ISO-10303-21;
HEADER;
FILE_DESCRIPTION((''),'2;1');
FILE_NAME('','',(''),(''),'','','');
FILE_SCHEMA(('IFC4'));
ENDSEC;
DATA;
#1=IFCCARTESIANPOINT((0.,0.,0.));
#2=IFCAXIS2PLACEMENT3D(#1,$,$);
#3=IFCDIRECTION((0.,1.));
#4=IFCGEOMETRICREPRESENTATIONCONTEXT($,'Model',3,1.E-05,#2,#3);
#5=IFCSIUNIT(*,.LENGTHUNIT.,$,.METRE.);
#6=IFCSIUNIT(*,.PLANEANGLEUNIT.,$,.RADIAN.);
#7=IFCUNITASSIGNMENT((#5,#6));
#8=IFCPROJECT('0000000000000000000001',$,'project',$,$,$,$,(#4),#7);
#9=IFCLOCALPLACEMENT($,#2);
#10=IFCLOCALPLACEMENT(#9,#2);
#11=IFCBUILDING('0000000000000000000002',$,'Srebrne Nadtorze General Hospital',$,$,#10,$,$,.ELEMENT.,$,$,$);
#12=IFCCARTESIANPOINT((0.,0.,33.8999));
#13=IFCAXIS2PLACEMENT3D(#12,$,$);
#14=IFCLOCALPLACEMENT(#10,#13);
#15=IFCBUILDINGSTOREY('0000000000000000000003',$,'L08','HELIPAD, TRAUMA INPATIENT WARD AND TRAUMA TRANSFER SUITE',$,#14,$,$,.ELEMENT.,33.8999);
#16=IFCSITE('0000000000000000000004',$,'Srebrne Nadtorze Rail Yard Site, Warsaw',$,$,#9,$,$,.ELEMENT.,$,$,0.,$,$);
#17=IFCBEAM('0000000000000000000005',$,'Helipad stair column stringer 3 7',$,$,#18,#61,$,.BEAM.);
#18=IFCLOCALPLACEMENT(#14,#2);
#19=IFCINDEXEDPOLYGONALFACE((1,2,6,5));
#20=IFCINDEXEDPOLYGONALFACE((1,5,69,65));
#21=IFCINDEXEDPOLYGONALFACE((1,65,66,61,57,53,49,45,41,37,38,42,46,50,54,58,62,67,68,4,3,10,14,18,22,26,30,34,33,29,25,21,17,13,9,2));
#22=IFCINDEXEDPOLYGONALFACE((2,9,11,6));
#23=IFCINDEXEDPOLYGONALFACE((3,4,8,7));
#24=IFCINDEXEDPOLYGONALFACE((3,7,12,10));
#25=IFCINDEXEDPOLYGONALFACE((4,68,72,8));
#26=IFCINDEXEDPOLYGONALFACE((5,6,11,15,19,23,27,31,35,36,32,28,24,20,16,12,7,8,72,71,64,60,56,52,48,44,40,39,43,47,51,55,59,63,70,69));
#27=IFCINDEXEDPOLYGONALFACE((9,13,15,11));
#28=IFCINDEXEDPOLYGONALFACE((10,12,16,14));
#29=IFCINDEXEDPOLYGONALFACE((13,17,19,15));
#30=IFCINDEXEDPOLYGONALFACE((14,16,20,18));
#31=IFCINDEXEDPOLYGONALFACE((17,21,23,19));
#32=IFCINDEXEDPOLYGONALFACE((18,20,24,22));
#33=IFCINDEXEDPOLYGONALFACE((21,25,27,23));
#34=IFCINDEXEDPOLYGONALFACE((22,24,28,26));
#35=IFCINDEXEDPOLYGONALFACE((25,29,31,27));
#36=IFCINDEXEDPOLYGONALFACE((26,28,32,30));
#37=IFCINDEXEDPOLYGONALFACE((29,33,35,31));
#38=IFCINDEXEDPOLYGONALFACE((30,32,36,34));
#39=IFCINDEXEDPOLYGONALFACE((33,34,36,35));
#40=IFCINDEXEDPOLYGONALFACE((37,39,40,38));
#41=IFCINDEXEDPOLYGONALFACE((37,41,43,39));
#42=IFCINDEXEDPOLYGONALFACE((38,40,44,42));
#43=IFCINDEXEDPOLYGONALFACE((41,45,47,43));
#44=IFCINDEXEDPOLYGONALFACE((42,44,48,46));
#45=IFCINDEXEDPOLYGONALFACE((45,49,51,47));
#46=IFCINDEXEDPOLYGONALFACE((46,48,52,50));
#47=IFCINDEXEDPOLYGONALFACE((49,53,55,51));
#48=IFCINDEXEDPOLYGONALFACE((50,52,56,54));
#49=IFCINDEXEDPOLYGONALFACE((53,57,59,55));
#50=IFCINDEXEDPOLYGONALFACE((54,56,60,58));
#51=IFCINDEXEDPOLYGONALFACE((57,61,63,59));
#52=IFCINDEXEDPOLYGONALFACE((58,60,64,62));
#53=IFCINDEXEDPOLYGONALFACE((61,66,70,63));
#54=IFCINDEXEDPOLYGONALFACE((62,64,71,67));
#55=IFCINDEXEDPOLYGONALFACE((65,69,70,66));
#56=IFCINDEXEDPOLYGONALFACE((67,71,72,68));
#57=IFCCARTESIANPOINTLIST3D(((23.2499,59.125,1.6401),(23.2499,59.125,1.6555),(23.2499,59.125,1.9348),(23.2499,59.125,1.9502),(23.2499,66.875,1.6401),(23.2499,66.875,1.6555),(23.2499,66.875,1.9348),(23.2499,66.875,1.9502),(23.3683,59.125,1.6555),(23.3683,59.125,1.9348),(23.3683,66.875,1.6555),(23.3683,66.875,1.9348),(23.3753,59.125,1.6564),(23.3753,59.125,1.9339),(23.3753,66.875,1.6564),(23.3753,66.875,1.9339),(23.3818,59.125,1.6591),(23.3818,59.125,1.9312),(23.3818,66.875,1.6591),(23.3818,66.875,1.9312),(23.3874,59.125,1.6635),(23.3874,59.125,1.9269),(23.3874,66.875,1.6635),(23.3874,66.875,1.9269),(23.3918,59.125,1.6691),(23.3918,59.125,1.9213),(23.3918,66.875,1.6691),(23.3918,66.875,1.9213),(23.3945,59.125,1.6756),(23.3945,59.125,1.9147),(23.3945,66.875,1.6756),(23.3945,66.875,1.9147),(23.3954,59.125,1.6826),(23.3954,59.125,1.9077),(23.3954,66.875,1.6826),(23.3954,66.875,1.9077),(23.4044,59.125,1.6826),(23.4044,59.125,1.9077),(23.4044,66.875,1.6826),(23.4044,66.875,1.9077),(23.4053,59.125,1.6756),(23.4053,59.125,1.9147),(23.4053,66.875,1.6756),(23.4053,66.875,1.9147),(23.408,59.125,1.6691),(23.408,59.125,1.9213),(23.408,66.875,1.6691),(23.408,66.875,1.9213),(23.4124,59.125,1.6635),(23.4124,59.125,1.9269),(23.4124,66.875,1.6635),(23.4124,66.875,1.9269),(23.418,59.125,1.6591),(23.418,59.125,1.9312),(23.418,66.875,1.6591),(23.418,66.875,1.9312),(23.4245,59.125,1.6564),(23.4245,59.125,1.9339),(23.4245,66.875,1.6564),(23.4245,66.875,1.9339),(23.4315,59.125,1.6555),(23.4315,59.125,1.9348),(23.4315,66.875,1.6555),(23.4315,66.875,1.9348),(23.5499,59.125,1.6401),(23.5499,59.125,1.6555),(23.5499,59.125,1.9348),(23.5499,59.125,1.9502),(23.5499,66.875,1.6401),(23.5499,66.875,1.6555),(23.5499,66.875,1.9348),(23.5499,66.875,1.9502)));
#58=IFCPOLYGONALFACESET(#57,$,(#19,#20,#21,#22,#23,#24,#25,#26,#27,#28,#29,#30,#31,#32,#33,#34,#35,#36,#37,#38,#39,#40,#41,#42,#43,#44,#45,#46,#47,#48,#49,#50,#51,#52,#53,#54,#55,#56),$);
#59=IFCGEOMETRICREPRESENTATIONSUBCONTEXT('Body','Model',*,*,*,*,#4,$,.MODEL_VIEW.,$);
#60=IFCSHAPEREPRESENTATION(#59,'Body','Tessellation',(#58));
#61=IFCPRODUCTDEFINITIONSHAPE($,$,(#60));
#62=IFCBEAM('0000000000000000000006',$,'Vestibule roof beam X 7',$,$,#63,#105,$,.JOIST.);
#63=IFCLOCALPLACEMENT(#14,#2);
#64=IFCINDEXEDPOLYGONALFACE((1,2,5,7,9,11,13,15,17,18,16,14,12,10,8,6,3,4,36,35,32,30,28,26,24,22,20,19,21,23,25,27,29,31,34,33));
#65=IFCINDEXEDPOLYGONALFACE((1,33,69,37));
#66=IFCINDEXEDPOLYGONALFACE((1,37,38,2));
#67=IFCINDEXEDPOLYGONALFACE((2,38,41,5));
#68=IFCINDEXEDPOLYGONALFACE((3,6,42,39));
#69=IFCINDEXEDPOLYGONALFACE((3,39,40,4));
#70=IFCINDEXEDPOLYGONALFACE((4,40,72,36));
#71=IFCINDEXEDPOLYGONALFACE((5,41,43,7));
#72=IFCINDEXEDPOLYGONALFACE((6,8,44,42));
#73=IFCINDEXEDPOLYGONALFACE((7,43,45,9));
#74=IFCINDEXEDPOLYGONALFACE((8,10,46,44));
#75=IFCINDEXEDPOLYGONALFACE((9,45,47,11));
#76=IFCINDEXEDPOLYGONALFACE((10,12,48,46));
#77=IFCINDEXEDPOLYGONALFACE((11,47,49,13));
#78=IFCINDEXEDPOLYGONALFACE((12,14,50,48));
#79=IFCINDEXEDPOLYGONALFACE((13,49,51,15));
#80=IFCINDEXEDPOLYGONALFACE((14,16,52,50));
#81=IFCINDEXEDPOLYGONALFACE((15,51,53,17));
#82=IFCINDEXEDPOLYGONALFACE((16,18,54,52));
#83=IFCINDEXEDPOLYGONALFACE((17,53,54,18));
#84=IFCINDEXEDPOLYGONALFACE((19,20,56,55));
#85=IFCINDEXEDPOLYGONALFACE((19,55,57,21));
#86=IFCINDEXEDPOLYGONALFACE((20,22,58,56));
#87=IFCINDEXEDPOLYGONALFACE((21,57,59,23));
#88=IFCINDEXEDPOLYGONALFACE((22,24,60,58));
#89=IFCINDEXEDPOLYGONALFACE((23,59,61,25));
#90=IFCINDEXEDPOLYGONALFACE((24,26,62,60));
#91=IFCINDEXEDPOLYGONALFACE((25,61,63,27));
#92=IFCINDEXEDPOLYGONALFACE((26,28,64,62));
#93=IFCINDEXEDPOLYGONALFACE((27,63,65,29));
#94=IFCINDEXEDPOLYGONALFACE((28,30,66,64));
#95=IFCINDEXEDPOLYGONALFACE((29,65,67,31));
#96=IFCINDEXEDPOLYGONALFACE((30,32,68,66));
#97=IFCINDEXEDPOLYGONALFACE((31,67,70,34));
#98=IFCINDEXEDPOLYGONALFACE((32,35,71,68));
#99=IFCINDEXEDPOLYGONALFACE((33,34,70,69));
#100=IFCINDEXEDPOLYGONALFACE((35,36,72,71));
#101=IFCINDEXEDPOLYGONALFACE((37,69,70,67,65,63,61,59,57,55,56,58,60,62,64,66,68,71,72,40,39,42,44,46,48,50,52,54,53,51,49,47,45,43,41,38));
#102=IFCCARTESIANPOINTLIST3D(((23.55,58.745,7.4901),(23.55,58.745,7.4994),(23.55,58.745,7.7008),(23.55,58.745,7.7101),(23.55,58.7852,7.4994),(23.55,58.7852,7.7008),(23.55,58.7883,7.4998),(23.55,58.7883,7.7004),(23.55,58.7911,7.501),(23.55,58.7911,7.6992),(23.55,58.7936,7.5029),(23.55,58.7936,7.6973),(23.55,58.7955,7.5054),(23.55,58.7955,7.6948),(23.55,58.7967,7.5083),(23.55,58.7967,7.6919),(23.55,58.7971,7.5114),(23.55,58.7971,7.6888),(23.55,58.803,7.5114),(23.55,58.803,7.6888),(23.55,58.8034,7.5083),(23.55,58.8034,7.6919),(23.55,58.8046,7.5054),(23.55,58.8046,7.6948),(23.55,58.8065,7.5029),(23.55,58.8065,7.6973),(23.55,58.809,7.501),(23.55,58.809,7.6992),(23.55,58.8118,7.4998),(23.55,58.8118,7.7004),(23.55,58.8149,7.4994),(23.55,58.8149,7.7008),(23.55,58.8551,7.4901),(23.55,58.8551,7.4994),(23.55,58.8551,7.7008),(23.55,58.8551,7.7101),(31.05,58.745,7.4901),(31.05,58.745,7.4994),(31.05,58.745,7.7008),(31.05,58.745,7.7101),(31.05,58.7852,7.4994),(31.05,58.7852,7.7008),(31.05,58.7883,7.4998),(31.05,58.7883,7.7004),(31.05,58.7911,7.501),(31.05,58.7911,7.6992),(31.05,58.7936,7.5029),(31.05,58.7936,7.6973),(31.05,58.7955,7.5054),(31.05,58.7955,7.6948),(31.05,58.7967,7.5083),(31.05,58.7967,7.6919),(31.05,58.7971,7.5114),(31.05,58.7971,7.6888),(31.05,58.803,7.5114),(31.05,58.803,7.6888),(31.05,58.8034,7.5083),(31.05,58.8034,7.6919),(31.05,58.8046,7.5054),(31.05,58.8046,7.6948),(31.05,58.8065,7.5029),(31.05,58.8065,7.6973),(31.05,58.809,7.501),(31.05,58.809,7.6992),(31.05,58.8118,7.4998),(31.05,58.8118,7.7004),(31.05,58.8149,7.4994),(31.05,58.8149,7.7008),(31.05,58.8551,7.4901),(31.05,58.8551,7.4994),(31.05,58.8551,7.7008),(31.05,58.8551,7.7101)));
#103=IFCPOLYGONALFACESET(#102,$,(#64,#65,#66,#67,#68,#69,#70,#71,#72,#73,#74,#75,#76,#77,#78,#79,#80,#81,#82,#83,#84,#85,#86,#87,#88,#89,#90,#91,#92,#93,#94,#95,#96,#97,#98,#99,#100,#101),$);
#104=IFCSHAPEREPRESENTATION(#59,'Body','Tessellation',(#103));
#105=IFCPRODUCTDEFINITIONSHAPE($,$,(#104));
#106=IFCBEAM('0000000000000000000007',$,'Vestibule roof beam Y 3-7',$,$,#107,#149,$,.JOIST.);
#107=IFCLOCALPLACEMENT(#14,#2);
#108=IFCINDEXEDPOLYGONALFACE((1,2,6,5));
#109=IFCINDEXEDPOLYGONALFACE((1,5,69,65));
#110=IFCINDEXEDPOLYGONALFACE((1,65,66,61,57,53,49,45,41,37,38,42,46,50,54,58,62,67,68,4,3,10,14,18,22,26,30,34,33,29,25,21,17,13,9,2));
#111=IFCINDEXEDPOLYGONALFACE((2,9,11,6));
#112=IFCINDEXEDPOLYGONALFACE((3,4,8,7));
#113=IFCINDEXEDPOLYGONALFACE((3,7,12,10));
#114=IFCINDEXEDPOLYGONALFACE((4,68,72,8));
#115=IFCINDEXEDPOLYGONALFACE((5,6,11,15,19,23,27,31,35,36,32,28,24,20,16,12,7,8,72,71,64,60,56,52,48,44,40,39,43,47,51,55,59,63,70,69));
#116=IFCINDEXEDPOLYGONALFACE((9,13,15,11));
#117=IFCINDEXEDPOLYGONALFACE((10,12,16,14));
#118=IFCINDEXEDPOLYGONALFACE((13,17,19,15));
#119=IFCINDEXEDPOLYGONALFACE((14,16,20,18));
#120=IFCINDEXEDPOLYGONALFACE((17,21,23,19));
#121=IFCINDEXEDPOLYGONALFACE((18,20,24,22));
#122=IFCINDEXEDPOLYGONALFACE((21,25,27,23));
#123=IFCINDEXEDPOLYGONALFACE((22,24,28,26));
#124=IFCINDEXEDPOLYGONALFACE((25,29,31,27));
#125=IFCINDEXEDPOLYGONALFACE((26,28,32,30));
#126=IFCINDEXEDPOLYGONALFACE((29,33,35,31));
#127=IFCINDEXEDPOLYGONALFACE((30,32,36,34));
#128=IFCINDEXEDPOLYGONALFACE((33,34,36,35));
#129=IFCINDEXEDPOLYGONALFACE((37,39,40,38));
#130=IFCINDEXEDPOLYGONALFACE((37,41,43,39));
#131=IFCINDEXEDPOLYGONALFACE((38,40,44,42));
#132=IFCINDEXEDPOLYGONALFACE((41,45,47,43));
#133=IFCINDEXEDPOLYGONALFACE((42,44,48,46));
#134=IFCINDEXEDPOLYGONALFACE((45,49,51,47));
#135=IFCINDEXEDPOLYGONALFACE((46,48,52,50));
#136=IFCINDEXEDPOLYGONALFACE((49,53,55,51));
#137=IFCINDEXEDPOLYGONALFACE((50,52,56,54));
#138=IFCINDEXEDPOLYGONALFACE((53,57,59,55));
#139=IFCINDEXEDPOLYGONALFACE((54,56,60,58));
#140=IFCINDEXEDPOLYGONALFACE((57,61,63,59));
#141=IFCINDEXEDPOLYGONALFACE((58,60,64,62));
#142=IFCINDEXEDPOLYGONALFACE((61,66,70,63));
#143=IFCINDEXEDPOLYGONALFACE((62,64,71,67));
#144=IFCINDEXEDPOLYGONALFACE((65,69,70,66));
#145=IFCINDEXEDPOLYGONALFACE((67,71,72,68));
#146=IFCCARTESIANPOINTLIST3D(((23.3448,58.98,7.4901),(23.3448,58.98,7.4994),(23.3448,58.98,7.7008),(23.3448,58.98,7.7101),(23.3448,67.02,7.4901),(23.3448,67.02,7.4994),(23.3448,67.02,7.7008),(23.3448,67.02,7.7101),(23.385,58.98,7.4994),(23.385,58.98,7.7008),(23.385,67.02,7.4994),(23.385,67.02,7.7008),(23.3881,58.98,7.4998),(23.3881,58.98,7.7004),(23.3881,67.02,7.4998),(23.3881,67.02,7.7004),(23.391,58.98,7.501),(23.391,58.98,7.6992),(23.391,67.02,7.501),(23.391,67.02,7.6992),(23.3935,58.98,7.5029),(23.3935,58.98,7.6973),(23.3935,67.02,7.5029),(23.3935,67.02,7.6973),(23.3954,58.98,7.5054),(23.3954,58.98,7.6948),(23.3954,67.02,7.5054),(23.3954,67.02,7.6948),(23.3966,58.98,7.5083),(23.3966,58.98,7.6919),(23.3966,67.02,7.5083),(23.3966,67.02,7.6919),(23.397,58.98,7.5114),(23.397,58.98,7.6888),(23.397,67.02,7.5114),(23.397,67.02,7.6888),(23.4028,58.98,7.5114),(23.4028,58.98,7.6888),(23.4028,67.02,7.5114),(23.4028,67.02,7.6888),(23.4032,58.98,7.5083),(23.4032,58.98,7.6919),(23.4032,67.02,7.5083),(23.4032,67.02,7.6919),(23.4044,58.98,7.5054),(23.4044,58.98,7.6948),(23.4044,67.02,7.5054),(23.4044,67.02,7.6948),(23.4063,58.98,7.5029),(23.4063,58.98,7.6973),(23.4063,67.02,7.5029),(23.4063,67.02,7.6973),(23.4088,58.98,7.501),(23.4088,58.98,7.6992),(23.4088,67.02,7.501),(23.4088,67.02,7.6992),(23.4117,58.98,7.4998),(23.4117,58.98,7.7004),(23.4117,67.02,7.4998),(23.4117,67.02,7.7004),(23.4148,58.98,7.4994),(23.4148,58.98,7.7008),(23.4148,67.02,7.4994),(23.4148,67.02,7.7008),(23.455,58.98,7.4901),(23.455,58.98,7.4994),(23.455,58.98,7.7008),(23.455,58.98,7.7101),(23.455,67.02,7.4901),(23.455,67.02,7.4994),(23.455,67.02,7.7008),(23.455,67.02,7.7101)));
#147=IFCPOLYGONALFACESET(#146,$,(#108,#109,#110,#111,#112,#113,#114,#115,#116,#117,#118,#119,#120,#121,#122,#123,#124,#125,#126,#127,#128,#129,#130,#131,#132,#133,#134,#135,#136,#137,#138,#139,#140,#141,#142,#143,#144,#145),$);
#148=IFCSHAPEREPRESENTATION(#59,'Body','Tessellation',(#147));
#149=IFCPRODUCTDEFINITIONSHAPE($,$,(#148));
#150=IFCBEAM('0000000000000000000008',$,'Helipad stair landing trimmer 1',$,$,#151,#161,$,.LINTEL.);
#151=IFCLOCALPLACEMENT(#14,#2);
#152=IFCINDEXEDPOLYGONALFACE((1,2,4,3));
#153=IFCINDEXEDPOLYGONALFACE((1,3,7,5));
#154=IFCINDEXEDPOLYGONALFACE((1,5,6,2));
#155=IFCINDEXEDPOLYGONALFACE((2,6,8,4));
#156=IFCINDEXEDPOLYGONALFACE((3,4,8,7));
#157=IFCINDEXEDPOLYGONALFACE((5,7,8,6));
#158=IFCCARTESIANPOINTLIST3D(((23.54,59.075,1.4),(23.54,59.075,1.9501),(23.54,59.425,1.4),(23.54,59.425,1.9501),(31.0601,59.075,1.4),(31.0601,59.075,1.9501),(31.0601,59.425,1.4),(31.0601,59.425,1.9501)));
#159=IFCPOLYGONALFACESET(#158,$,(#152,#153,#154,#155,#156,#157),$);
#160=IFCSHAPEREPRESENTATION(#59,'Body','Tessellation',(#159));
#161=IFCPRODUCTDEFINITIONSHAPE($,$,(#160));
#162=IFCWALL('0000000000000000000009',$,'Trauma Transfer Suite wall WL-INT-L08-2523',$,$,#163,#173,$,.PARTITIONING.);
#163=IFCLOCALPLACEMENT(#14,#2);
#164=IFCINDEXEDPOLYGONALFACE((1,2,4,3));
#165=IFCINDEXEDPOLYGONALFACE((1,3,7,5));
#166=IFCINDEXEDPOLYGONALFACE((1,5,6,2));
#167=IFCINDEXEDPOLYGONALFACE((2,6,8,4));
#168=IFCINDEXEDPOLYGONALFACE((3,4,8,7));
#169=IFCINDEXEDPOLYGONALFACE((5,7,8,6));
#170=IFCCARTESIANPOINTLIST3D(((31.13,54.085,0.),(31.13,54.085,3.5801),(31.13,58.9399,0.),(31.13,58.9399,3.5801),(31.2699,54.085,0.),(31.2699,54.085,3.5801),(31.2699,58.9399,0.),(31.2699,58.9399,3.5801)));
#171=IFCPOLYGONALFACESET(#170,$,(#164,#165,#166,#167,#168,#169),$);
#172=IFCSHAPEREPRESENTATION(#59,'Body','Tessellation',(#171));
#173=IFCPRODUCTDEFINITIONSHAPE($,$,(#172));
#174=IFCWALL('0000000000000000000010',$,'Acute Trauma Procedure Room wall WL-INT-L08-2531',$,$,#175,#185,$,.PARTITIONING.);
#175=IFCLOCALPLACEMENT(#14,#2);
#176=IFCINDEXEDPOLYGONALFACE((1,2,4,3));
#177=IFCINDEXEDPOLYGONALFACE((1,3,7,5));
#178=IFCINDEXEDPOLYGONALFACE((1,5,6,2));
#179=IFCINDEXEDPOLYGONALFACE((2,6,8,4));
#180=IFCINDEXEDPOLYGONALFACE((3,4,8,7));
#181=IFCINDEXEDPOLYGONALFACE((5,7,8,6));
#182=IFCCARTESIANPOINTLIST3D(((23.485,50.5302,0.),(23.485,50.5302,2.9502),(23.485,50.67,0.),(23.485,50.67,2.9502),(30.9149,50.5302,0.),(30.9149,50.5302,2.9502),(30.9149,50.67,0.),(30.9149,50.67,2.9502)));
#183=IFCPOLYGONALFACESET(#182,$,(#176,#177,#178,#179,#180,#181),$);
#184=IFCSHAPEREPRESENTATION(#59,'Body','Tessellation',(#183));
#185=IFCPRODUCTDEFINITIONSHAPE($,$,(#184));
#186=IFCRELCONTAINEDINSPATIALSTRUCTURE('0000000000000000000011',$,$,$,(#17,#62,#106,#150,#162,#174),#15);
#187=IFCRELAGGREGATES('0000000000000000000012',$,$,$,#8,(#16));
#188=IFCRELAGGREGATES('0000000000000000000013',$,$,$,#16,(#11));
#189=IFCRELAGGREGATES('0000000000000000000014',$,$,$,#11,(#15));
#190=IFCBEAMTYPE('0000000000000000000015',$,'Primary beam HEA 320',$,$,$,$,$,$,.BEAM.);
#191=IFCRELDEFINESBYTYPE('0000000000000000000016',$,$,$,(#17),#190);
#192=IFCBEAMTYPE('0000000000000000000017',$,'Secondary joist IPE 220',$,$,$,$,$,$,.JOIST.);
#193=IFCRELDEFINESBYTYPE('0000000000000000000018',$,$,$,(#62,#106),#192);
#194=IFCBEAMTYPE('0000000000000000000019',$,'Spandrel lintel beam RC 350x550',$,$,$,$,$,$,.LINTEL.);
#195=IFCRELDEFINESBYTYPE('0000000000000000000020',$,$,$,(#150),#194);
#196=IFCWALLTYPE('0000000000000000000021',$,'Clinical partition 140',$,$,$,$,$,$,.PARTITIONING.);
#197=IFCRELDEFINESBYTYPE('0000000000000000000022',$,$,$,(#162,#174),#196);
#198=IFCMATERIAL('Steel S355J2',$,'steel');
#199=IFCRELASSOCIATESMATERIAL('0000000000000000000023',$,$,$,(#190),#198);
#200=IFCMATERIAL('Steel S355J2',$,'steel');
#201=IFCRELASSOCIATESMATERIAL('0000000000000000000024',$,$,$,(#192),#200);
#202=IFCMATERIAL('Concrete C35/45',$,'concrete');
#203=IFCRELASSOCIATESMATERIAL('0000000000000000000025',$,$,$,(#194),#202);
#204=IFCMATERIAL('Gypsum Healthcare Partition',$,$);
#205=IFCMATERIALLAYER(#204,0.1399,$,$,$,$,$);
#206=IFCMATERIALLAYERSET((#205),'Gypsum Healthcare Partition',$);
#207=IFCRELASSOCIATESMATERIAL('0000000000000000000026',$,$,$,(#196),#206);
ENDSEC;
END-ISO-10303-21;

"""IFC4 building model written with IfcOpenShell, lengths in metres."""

from ifc_helpers import new_model, si_unit, direction, frame, frame_2d, origin, origin_2d, place, context, subcontext, project, spatial, rectangle, i_section, extrude, material, layer, layer_set, material_profile, profile_set, type_object, element, save


model = new_model("IFC4")

# Units and contexts
model_context = context("Model", 3, precision=1e-05, world=origin(), true_north=direction((0.0, 1.0)))
body_context = subcontext(model_context, "Body", "Model", "MODEL_VIEW")
ifc_project = project(units=[si_unit("LENGTHUNIT", "METRE"), si_unit("PLANEANGLEUNIT", "RADIAN")], contexts=[model_context])

# Site, building, storey
site_placement = place(None, origin())
site = spatial("IfcSite", under=ifc_project, at=site_placement, Name="Srebrne Nadtorze Rail Yard Site, Warsaw", CompositionType="ELEMENT", RefElevation=0.0)
building_placement = place(site_placement, origin())
building = spatial("IfcBuilding", under=site, at=building_placement, Name="Srebrne Nadtorze General Hospital", CompositionType="ELEMENT")
storey_placement = place(building_placement, frame((0.0, 0.0, 33.8999)))
storey = spatial("IfcBuildingStorey", under=building, at=storey_placement, Name="L08", Description="HELIPAD, TRAUMA INPATIENT WARD AND TRAUMA TRANSFER SUITE", CompositionType="ELEMENT", Elevation=33.8999)

# Beams
ifc_material_1 = material(Name="Steel S355J2", Category="steel")
ifc_material_profile_1 = material_profile(ifc_material_1, i_section(OverallWidth=0.3, OverallDepth=0.3101, WebThickness=0.009, FlangeThickness=0.0154, FilletRadius=0.0271, at=origin_2d()), Name="HEA-320")
ifc_profile_set_1 = profile_set([ifc_material_profile_1], Name="Steel S355J2")
beam_type_1 = type_object("IfcBeamType", Name="Primary beam HEA 320", PredefinedType="BEAM", material=ifc_profile_set_1)
beam_1_placement = place(storey_placement, frame((23.3999, 59.125, 1.7952), z_axis=(0.0, 1.0, 0.0), x_axis=(-1.0, 0.0, 0.0)))
element("IfcBeam", 1, at=beam_1_placement, inside=storey, type_object=beam_type_1, Name="Helipad stair column stringer 3 7", PredefinedType="BEAM", context=body_context, shape_type="SweptSolid", body=[
    extrude(i_section(OverallWidth=0.3, OverallDepth=0.3101, WebThickness=0.009, FlangeThickness=0.0154, FilletRadius=0.0271, at=origin_2d()), origin(), (0.0, 0.0, 1.0), 7.75),
])
ifc_material_2 = material(Name="Steel S355J2", Category="steel")
ifc_material_profile_2 = material_profile(ifc_material_2, i_section(OverallWidth=0.1101, OverallDepth=0.22, WebThickness=0.0059, FlangeThickness=0.0093, FilletRadius=0.012, at=origin_2d()), Name="IPE-220")
ifc_profile_set_2 = profile_set([ifc_material_profile_2], Name="Steel S355J2")
beam_type_2 = type_object("IfcBeamType", Name="Secondary joist IPE 220", PredefinedType="JOIST", material=ifc_profile_set_2)
beam_2_placement = place(storey_placement, frame((23.55, 58.8, 7.6001), z_axis=(1.0, 0.0, 0.0), x_axis=(0.0, 1.0, 0.0)))
element("IfcBeam", 2, at=beam_2_placement, inside=storey, type_object=beam_type_2, Name="Vestibule roof beam X 7", PredefinedType="JOIST", context=body_context, shape_type="SweptSolid", body=[
    extrude(i_section(OverallWidth=0.1101, OverallDepth=0.22, WebThickness=0.0059, FlangeThickness=0.0093, FilletRadius=0.012, at=origin_2d()), origin(), (0.0, 0.0, 1.0), 7.5),
])
beam_3_placement = place(storey_placement, frame((23.3999, 58.98, 7.6001), z_axis=(0.0, 1.0, 0.0), x_axis=(-1.0, 0.0, 0.0)))
element("IfcBeam", 3, at=beam_3_placement, inside=storey, type_object=beam_type_2, Name="Vestibule roof beam Y 3-7", PredefinedType="JOIST", context=body_context, shape_type="SweptSolid", body=[
    extrude(i_section(OverallWidth=0.1101, OverallDepth=0.22, WebThickness=0.0059, FlangeThickness=0.0093, FilletRadius=0.012, at=origin_2d()), origin(), (0.0, 0.0, 1.0), 8.04),
])
ifc_material_3 = material(Name="Concrete C35/45", Category="concrete")
ifc_material_profile_3 = material_profile(ifc_material_3, rectangle(XDim=0.3501, YDim=0.55, at=origin_2d()), Name="RC-BM-350x550")
ifc_profile_set_3 = profile_set([ifc_material_profile_3], Name="Concrete C35/45")
beam_type_3 = type_object("IfcBeamType", Name="Spandrel lintel beam RC 350x550", PredefinedType="LINTEL", material=ifc_profile_set_3)
beam_4_placement = place(storey_placement, frame((23.54, 59.25, 1.675), z_axis=(1.0, 0.0, 0.0), x_axis=(0.0, 1.0, 0.0)))
element("IfcBeam", 4, at=beam_4_placement, inside=storey, type_object=beam_type_3, Name="Helipad stair landing trimmer 1", PredefinedType="LINTEL", context=body_context, shape_type="SweptSolid", body=[
    extrude(rectangle(XDim=0.3501, YDim=0.55, at=origin_2d()), origin(), (0.0, 0.0, 1.0), 7.52),
])

# Wall
ifc_material_4 = material(Name="Gypsum Healthcare Partition")
ifc_layer_1 = layer(ifc_material_4, 0.1399)
ifc_layer_set_1 = layer_set([ifc_layer_1], Name="Gypsum Healthcare Partition")
wall_type_1 = type_object("IfcWallType", Name="Clinical partition 140", PredefinedType="PARTITIONING", material=ifc_layer_set_1)
wall_1_placement = place(storey_placement, frame((31.2, 54.085, 0.0), z_axis=(0.0, 0.0, 1.0), x_axis=(0.0, 1.0, 0.0)))
element("IfcWall", 5, at=wall_1_placement, inside=storey, type_object=wall_type_1, Name="Trauma Transfer Suite wall WL-INT-L08-2523", PredefinedType="PARTITIONING", context=body_context, shape_type="SweptSolid", body=[
    extrude(rectangle(XDim=4.855, YDim=0.1399, at=frame_2d((2.4275, 0.0))), origin(), (0.0, 0.0, 1.0), 3.5801),
])

# Wall
wall_2_placement = place(storey_placement, frame((23.4851, 50.6001, 0.0), z_axis=(0.0, 0.0, 1.0), x_axis=(1.0, 0.0, 0.0)))
element("IfcWall", 6, at=wall_2_placement, inside=storey, type_object=wall_type_1, Name="Acute Trauma Procedure Room wall WL-INT-L08-2531", PredefinedType="PARTITIONING", context=body_context, shape_type="SweptSolid", body=[
    extrude(rectangle(XDim=7.4299, YDim=0.1399, at=frame_2d((3.7148, 0.0))), origin(), (0.0, 0.0, 1.0), 2.9502),
])

save(model, "model.ifc")
